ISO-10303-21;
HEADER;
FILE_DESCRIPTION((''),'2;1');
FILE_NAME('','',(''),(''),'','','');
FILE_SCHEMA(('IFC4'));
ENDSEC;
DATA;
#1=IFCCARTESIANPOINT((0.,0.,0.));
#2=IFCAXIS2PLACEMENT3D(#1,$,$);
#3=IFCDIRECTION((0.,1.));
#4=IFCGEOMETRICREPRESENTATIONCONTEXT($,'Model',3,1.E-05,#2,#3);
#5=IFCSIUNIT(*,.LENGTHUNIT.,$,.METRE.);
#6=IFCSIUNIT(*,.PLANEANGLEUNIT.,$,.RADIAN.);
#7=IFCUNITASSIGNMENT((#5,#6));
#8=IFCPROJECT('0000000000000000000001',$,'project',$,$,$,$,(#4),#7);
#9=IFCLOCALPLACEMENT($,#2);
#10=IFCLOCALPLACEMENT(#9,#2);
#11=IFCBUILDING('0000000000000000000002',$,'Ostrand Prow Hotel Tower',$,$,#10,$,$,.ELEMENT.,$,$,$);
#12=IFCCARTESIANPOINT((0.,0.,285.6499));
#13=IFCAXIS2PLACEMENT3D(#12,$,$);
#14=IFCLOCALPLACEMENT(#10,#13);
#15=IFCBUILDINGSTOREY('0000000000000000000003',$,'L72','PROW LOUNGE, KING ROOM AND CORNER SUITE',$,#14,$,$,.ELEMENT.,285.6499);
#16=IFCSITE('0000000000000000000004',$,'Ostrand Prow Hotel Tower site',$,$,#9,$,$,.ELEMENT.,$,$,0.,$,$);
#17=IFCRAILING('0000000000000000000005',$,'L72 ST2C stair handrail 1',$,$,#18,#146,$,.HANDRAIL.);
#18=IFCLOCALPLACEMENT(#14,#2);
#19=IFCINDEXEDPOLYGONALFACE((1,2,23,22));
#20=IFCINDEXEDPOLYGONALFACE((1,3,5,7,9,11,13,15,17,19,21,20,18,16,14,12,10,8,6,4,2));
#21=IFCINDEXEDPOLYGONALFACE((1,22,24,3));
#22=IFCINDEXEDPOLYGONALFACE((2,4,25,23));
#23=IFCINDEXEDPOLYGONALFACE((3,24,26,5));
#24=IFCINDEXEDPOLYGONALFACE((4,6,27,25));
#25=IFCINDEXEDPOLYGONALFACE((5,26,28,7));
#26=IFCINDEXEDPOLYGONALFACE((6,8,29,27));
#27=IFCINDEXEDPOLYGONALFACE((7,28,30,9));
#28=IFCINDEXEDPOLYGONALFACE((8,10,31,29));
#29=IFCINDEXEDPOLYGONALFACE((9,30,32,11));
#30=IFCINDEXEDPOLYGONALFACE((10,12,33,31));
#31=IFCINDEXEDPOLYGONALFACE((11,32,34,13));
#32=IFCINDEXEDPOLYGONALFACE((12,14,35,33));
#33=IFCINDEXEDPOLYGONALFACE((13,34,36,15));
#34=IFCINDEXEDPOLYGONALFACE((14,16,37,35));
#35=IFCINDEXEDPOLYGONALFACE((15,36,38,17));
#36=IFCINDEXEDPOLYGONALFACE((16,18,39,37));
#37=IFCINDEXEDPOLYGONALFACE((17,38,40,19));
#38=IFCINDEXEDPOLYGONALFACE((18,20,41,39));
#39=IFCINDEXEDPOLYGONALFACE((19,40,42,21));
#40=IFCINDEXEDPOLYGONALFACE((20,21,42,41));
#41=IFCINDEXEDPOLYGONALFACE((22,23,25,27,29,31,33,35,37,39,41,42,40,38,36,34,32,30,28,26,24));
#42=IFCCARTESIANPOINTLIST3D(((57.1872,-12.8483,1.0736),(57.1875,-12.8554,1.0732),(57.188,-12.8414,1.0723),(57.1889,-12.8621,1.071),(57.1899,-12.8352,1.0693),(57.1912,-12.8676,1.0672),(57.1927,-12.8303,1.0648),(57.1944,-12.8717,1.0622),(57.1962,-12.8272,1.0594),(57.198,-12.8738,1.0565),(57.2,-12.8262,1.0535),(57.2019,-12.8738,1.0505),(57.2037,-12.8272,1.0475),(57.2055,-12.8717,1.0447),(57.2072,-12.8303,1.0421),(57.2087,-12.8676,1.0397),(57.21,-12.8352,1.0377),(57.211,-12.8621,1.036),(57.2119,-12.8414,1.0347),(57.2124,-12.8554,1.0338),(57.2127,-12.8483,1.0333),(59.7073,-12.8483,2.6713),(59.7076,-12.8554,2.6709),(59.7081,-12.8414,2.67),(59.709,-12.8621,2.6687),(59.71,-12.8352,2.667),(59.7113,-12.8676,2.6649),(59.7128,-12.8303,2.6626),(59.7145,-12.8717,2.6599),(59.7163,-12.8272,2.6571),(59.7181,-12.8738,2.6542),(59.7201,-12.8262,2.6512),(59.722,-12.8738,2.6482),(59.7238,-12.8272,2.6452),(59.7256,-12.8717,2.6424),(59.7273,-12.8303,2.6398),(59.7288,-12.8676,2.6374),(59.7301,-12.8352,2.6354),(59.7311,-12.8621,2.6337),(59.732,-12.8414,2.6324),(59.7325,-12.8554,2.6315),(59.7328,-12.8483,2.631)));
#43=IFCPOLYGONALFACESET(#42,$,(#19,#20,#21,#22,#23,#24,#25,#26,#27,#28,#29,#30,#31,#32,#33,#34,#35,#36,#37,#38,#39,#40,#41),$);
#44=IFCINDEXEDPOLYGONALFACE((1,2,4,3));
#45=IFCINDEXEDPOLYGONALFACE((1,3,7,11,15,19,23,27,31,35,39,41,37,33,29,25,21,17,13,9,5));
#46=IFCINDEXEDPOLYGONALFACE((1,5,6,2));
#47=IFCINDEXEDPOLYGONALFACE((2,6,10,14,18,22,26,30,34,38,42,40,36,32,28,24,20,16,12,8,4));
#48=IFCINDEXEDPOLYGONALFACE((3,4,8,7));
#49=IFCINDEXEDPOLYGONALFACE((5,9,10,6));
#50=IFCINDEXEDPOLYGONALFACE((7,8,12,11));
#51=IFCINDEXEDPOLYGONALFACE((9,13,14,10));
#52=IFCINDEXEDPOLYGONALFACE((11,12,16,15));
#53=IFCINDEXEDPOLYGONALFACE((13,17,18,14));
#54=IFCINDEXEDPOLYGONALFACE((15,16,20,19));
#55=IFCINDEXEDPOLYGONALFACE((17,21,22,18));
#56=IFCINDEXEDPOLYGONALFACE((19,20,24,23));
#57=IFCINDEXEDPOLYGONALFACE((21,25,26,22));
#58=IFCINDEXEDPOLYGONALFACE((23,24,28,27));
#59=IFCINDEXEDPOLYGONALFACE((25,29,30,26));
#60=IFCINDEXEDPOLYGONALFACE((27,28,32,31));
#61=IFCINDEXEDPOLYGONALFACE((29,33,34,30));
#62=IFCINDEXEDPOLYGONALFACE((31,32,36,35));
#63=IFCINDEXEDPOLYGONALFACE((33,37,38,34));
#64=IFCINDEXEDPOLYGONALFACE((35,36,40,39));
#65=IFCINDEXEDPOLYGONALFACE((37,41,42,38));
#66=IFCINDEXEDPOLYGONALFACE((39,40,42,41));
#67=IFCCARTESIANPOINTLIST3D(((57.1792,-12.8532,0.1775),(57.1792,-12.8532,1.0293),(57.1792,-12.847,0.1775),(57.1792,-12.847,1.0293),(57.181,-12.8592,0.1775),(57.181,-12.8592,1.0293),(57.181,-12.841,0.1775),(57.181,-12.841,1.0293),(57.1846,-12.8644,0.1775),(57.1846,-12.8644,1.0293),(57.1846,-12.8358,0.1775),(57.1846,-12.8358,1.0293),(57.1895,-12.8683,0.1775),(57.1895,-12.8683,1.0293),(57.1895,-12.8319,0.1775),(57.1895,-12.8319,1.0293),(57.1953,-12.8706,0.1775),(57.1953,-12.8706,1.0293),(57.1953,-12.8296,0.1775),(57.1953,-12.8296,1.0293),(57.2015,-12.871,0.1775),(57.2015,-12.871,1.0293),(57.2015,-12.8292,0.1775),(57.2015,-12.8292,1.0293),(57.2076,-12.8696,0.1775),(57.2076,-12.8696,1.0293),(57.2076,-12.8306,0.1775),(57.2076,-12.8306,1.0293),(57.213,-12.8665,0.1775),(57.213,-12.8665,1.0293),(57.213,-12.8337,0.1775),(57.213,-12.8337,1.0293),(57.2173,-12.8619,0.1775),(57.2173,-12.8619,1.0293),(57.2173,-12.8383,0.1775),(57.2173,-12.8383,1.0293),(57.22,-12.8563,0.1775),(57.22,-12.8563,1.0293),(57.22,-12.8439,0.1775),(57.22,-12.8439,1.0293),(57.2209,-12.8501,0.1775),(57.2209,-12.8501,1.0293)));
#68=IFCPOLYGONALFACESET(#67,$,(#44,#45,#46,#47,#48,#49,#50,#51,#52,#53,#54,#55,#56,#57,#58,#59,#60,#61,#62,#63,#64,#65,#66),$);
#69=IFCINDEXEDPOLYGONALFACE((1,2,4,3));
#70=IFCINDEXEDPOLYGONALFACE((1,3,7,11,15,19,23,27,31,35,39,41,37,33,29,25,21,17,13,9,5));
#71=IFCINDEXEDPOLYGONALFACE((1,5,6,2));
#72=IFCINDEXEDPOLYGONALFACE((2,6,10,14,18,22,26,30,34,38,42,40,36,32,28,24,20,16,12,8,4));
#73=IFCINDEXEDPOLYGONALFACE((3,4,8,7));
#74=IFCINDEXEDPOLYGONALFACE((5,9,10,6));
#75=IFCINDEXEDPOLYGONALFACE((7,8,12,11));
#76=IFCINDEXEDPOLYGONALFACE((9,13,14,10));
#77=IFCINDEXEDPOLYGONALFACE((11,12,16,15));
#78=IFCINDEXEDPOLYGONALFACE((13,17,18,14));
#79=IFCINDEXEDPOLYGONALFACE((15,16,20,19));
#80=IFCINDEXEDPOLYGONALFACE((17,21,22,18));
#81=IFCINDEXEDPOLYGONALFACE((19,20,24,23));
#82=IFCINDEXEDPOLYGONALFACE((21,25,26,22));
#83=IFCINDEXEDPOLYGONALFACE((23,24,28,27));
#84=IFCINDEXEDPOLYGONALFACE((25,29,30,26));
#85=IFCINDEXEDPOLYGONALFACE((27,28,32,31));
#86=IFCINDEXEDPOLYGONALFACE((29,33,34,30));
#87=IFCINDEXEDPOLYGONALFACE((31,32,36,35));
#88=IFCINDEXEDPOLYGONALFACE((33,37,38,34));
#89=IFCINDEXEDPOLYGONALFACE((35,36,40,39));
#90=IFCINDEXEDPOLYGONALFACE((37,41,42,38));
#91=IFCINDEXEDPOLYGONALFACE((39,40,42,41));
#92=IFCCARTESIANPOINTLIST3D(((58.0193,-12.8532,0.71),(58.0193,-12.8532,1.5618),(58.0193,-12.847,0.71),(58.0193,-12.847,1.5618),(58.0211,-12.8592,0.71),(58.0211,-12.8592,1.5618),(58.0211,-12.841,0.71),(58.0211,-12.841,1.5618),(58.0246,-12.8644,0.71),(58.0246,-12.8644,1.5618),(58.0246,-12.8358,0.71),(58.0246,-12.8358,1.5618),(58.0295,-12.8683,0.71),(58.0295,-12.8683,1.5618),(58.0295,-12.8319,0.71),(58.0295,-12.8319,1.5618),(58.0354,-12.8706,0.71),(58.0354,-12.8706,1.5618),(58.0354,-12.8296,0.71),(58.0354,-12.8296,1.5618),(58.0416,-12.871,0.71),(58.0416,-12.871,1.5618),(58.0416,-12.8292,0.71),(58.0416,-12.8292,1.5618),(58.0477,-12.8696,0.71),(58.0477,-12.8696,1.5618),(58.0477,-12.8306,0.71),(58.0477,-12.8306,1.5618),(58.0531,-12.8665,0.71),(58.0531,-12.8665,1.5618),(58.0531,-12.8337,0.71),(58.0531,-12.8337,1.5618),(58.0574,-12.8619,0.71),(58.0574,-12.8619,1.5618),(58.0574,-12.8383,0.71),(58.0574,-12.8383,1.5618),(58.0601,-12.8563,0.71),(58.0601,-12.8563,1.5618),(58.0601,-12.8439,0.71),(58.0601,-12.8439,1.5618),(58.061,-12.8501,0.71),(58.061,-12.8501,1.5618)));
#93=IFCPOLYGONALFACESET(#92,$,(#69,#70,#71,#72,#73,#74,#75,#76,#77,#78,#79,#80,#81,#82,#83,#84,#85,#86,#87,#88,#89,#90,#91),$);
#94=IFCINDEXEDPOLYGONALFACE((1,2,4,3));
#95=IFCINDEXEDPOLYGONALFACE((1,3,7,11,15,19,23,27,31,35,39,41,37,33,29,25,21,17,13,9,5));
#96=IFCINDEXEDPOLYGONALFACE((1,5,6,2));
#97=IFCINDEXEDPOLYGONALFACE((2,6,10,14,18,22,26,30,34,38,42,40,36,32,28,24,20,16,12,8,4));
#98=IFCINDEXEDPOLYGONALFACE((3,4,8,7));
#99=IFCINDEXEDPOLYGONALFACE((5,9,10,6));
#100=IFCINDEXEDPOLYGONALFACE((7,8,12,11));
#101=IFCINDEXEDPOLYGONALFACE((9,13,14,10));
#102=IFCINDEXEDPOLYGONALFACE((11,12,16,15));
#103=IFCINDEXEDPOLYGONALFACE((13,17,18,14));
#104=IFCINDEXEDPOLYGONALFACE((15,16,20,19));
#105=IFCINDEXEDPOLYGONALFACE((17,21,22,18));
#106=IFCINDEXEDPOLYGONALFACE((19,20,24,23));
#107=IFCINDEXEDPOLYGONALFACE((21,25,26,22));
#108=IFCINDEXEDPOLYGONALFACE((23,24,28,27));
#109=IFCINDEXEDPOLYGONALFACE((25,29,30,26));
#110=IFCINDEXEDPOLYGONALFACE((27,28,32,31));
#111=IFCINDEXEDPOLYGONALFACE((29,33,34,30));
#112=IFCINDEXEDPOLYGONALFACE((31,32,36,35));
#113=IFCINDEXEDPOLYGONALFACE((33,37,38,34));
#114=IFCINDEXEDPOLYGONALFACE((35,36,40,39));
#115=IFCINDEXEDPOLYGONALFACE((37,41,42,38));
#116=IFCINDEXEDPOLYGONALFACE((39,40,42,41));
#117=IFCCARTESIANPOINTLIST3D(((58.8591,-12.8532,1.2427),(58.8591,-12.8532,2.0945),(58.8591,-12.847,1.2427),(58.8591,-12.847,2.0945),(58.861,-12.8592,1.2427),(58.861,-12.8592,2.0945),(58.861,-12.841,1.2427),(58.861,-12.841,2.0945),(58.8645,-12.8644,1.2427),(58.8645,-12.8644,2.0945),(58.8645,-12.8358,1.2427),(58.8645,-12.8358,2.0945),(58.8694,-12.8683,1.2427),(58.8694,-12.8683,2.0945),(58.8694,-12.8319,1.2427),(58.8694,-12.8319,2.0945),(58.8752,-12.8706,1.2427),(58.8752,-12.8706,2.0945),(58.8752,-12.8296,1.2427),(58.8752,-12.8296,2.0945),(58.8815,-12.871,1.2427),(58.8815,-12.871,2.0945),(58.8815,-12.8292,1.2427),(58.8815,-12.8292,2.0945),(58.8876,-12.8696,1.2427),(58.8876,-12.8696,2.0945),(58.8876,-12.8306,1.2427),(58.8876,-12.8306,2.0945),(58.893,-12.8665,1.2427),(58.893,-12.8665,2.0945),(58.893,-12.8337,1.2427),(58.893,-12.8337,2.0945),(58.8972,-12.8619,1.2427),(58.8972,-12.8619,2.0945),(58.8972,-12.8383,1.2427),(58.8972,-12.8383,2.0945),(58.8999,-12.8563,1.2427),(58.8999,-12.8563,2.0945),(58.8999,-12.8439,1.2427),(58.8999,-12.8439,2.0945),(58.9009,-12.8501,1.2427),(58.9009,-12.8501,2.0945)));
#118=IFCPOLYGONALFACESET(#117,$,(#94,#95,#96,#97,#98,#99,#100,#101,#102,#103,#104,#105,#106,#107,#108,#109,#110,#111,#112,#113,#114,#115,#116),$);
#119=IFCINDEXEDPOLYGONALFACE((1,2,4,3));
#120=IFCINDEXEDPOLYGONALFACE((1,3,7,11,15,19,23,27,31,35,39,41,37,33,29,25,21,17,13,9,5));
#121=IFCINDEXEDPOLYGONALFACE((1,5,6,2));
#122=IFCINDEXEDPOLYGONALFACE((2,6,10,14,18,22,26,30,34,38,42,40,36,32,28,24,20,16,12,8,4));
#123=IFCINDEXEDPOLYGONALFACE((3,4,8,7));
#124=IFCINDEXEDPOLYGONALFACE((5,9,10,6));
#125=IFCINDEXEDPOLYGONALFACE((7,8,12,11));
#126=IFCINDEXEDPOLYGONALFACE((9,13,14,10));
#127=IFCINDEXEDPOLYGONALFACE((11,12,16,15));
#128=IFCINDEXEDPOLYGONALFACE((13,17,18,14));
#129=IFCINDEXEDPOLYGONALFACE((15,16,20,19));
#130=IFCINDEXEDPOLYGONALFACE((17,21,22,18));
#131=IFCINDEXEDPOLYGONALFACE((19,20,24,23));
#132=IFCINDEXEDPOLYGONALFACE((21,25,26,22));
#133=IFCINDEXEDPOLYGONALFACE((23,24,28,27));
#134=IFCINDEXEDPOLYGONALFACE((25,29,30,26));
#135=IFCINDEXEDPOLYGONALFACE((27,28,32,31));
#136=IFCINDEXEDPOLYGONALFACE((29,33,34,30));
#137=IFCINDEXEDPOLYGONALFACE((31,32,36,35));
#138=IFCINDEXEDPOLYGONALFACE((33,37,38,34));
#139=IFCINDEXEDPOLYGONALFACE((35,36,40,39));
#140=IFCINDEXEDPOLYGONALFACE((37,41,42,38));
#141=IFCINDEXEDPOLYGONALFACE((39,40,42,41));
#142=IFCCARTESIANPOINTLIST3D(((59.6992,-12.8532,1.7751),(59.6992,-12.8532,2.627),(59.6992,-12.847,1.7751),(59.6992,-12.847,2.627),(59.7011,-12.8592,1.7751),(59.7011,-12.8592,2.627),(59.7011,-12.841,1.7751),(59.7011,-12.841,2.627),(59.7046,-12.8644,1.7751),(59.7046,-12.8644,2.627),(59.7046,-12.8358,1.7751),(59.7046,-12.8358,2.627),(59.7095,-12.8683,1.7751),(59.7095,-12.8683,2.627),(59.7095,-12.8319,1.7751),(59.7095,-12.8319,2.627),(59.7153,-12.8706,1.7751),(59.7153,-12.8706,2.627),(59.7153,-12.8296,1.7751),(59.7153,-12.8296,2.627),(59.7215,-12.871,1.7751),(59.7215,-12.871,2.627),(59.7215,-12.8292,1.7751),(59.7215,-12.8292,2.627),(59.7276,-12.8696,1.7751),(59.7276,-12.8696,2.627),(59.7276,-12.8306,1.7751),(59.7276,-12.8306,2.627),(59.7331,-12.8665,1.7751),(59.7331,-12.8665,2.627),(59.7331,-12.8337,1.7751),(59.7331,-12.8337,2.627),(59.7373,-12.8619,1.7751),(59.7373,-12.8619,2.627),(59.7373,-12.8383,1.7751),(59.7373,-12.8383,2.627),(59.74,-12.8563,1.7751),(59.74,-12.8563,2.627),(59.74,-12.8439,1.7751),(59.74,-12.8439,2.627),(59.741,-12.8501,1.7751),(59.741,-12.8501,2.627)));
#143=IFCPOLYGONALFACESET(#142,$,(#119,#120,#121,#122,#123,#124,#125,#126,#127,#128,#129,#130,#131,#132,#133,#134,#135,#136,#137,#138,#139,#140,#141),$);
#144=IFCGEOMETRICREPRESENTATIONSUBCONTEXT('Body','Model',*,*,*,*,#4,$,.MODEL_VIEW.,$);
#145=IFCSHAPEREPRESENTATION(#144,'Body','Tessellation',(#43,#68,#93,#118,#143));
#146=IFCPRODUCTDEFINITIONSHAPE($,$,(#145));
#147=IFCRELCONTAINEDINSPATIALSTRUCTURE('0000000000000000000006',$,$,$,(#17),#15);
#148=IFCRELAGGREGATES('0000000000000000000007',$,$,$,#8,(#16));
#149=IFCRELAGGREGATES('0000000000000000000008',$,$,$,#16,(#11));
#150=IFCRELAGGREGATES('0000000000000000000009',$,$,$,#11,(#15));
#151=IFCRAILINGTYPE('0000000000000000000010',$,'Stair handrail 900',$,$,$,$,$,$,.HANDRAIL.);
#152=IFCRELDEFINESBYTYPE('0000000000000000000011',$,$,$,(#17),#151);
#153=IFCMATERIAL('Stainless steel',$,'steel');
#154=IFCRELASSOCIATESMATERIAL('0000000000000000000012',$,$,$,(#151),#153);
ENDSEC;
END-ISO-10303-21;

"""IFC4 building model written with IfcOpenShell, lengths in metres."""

from ifc_helpers import new_model, si_unit, direction, frame, origin, origin_2d, place, context, subcontext, project, spatial, circle, extrude, material, type_object, element, save


model = new_model("IFC4")

# Units and contexts
model_context = context("Model", 3, precision=1e-05, world=origin(), true_north=direction((0.0, 1.0)))
body_context = subcontext(model_context, "Body", "Model", "MODEL_VIEW")
ifc_project = project(units=[si_unit("LENGTHUNIT", "METRE"), si_unit("PLANEANGLEUNIT", "RADIAN")], contexts=[model_context])

# Site, building, storey
site_placement = place(None, origin())
site = spatial("IfcSite", under=ifc_project, at=site_placement, Name="Ostrand Prow Hotel Tower site", CompositionType="ELEMENT", RefElevation=0.0)
building_placement = place(site_placement, origin())
building = spatial("IfcBuilding", under=site, at=building_placement, Name="Ostrand Prow Hotel Tower", CompositionType="ELEMENT")
storey_placement = place(building_placement, frame((0.0, 0.0, 285.6499)))
storey = spatial("IfcBuildingStorey", under=building, at=storey_placement, Name="L72", Description="PROW LOUNGE, KING ROOM AND CORNER SUITE", CompositionType="ELEMENT", Elevation=285.6499)

# Railing
ifc_material_1 = material(Name="Stainless steel", Category="steel")
railing_type_1 = type_object("IfcRailingType", Name="Stair handrail 900", PredefinedType="HANDRAIL", material=ifc_material_1)
railing_1_placement = place(storey_placement, frame((57.2, -12.8501, 0.1775)))
element("IfcRailing", 1, at=railing_1_placement, inside=storey, type_object=railing_type_1, Name="L72 ST2C stair handrail 1", PredefinedType="HANDRAIL", context=body_context, shape_type="SweptSolid", body=[
    extrude(circle(Radius=0.0239, at=origin_2d()), frame((0.0, 0.0, 0.876), z_axis=(0.84457, 0.0, 0.535445), x_axis=(0.0, 1.0, 0.0)), (0.0, 0.0, 1.0), 2.9839),
    extrude(circle(Radius=0.021, at=origin_2d()), origin(), (0.0, 0.0, 1.0), 0.8518),
    extrude(circle(Radius=0.021, at=origin_2d()), frame((0.8401, 0.0, 0.5325)), (0.0, 0.0, 1.0), 0.8518),
    extrude(circle(Radius=0.021, at=origin_2d()), frame((1.6799, 0.0, 1.0652)), (0.0, 0.0, 1.0), 0.8518),
    extrude(circle(Radius=0.021, at=origin_2d()), frame((2.52, 0.0, 1.5977)), (0.0, 0.0, 1.0), 0.8518),
])

save(model, "model.ifc")
